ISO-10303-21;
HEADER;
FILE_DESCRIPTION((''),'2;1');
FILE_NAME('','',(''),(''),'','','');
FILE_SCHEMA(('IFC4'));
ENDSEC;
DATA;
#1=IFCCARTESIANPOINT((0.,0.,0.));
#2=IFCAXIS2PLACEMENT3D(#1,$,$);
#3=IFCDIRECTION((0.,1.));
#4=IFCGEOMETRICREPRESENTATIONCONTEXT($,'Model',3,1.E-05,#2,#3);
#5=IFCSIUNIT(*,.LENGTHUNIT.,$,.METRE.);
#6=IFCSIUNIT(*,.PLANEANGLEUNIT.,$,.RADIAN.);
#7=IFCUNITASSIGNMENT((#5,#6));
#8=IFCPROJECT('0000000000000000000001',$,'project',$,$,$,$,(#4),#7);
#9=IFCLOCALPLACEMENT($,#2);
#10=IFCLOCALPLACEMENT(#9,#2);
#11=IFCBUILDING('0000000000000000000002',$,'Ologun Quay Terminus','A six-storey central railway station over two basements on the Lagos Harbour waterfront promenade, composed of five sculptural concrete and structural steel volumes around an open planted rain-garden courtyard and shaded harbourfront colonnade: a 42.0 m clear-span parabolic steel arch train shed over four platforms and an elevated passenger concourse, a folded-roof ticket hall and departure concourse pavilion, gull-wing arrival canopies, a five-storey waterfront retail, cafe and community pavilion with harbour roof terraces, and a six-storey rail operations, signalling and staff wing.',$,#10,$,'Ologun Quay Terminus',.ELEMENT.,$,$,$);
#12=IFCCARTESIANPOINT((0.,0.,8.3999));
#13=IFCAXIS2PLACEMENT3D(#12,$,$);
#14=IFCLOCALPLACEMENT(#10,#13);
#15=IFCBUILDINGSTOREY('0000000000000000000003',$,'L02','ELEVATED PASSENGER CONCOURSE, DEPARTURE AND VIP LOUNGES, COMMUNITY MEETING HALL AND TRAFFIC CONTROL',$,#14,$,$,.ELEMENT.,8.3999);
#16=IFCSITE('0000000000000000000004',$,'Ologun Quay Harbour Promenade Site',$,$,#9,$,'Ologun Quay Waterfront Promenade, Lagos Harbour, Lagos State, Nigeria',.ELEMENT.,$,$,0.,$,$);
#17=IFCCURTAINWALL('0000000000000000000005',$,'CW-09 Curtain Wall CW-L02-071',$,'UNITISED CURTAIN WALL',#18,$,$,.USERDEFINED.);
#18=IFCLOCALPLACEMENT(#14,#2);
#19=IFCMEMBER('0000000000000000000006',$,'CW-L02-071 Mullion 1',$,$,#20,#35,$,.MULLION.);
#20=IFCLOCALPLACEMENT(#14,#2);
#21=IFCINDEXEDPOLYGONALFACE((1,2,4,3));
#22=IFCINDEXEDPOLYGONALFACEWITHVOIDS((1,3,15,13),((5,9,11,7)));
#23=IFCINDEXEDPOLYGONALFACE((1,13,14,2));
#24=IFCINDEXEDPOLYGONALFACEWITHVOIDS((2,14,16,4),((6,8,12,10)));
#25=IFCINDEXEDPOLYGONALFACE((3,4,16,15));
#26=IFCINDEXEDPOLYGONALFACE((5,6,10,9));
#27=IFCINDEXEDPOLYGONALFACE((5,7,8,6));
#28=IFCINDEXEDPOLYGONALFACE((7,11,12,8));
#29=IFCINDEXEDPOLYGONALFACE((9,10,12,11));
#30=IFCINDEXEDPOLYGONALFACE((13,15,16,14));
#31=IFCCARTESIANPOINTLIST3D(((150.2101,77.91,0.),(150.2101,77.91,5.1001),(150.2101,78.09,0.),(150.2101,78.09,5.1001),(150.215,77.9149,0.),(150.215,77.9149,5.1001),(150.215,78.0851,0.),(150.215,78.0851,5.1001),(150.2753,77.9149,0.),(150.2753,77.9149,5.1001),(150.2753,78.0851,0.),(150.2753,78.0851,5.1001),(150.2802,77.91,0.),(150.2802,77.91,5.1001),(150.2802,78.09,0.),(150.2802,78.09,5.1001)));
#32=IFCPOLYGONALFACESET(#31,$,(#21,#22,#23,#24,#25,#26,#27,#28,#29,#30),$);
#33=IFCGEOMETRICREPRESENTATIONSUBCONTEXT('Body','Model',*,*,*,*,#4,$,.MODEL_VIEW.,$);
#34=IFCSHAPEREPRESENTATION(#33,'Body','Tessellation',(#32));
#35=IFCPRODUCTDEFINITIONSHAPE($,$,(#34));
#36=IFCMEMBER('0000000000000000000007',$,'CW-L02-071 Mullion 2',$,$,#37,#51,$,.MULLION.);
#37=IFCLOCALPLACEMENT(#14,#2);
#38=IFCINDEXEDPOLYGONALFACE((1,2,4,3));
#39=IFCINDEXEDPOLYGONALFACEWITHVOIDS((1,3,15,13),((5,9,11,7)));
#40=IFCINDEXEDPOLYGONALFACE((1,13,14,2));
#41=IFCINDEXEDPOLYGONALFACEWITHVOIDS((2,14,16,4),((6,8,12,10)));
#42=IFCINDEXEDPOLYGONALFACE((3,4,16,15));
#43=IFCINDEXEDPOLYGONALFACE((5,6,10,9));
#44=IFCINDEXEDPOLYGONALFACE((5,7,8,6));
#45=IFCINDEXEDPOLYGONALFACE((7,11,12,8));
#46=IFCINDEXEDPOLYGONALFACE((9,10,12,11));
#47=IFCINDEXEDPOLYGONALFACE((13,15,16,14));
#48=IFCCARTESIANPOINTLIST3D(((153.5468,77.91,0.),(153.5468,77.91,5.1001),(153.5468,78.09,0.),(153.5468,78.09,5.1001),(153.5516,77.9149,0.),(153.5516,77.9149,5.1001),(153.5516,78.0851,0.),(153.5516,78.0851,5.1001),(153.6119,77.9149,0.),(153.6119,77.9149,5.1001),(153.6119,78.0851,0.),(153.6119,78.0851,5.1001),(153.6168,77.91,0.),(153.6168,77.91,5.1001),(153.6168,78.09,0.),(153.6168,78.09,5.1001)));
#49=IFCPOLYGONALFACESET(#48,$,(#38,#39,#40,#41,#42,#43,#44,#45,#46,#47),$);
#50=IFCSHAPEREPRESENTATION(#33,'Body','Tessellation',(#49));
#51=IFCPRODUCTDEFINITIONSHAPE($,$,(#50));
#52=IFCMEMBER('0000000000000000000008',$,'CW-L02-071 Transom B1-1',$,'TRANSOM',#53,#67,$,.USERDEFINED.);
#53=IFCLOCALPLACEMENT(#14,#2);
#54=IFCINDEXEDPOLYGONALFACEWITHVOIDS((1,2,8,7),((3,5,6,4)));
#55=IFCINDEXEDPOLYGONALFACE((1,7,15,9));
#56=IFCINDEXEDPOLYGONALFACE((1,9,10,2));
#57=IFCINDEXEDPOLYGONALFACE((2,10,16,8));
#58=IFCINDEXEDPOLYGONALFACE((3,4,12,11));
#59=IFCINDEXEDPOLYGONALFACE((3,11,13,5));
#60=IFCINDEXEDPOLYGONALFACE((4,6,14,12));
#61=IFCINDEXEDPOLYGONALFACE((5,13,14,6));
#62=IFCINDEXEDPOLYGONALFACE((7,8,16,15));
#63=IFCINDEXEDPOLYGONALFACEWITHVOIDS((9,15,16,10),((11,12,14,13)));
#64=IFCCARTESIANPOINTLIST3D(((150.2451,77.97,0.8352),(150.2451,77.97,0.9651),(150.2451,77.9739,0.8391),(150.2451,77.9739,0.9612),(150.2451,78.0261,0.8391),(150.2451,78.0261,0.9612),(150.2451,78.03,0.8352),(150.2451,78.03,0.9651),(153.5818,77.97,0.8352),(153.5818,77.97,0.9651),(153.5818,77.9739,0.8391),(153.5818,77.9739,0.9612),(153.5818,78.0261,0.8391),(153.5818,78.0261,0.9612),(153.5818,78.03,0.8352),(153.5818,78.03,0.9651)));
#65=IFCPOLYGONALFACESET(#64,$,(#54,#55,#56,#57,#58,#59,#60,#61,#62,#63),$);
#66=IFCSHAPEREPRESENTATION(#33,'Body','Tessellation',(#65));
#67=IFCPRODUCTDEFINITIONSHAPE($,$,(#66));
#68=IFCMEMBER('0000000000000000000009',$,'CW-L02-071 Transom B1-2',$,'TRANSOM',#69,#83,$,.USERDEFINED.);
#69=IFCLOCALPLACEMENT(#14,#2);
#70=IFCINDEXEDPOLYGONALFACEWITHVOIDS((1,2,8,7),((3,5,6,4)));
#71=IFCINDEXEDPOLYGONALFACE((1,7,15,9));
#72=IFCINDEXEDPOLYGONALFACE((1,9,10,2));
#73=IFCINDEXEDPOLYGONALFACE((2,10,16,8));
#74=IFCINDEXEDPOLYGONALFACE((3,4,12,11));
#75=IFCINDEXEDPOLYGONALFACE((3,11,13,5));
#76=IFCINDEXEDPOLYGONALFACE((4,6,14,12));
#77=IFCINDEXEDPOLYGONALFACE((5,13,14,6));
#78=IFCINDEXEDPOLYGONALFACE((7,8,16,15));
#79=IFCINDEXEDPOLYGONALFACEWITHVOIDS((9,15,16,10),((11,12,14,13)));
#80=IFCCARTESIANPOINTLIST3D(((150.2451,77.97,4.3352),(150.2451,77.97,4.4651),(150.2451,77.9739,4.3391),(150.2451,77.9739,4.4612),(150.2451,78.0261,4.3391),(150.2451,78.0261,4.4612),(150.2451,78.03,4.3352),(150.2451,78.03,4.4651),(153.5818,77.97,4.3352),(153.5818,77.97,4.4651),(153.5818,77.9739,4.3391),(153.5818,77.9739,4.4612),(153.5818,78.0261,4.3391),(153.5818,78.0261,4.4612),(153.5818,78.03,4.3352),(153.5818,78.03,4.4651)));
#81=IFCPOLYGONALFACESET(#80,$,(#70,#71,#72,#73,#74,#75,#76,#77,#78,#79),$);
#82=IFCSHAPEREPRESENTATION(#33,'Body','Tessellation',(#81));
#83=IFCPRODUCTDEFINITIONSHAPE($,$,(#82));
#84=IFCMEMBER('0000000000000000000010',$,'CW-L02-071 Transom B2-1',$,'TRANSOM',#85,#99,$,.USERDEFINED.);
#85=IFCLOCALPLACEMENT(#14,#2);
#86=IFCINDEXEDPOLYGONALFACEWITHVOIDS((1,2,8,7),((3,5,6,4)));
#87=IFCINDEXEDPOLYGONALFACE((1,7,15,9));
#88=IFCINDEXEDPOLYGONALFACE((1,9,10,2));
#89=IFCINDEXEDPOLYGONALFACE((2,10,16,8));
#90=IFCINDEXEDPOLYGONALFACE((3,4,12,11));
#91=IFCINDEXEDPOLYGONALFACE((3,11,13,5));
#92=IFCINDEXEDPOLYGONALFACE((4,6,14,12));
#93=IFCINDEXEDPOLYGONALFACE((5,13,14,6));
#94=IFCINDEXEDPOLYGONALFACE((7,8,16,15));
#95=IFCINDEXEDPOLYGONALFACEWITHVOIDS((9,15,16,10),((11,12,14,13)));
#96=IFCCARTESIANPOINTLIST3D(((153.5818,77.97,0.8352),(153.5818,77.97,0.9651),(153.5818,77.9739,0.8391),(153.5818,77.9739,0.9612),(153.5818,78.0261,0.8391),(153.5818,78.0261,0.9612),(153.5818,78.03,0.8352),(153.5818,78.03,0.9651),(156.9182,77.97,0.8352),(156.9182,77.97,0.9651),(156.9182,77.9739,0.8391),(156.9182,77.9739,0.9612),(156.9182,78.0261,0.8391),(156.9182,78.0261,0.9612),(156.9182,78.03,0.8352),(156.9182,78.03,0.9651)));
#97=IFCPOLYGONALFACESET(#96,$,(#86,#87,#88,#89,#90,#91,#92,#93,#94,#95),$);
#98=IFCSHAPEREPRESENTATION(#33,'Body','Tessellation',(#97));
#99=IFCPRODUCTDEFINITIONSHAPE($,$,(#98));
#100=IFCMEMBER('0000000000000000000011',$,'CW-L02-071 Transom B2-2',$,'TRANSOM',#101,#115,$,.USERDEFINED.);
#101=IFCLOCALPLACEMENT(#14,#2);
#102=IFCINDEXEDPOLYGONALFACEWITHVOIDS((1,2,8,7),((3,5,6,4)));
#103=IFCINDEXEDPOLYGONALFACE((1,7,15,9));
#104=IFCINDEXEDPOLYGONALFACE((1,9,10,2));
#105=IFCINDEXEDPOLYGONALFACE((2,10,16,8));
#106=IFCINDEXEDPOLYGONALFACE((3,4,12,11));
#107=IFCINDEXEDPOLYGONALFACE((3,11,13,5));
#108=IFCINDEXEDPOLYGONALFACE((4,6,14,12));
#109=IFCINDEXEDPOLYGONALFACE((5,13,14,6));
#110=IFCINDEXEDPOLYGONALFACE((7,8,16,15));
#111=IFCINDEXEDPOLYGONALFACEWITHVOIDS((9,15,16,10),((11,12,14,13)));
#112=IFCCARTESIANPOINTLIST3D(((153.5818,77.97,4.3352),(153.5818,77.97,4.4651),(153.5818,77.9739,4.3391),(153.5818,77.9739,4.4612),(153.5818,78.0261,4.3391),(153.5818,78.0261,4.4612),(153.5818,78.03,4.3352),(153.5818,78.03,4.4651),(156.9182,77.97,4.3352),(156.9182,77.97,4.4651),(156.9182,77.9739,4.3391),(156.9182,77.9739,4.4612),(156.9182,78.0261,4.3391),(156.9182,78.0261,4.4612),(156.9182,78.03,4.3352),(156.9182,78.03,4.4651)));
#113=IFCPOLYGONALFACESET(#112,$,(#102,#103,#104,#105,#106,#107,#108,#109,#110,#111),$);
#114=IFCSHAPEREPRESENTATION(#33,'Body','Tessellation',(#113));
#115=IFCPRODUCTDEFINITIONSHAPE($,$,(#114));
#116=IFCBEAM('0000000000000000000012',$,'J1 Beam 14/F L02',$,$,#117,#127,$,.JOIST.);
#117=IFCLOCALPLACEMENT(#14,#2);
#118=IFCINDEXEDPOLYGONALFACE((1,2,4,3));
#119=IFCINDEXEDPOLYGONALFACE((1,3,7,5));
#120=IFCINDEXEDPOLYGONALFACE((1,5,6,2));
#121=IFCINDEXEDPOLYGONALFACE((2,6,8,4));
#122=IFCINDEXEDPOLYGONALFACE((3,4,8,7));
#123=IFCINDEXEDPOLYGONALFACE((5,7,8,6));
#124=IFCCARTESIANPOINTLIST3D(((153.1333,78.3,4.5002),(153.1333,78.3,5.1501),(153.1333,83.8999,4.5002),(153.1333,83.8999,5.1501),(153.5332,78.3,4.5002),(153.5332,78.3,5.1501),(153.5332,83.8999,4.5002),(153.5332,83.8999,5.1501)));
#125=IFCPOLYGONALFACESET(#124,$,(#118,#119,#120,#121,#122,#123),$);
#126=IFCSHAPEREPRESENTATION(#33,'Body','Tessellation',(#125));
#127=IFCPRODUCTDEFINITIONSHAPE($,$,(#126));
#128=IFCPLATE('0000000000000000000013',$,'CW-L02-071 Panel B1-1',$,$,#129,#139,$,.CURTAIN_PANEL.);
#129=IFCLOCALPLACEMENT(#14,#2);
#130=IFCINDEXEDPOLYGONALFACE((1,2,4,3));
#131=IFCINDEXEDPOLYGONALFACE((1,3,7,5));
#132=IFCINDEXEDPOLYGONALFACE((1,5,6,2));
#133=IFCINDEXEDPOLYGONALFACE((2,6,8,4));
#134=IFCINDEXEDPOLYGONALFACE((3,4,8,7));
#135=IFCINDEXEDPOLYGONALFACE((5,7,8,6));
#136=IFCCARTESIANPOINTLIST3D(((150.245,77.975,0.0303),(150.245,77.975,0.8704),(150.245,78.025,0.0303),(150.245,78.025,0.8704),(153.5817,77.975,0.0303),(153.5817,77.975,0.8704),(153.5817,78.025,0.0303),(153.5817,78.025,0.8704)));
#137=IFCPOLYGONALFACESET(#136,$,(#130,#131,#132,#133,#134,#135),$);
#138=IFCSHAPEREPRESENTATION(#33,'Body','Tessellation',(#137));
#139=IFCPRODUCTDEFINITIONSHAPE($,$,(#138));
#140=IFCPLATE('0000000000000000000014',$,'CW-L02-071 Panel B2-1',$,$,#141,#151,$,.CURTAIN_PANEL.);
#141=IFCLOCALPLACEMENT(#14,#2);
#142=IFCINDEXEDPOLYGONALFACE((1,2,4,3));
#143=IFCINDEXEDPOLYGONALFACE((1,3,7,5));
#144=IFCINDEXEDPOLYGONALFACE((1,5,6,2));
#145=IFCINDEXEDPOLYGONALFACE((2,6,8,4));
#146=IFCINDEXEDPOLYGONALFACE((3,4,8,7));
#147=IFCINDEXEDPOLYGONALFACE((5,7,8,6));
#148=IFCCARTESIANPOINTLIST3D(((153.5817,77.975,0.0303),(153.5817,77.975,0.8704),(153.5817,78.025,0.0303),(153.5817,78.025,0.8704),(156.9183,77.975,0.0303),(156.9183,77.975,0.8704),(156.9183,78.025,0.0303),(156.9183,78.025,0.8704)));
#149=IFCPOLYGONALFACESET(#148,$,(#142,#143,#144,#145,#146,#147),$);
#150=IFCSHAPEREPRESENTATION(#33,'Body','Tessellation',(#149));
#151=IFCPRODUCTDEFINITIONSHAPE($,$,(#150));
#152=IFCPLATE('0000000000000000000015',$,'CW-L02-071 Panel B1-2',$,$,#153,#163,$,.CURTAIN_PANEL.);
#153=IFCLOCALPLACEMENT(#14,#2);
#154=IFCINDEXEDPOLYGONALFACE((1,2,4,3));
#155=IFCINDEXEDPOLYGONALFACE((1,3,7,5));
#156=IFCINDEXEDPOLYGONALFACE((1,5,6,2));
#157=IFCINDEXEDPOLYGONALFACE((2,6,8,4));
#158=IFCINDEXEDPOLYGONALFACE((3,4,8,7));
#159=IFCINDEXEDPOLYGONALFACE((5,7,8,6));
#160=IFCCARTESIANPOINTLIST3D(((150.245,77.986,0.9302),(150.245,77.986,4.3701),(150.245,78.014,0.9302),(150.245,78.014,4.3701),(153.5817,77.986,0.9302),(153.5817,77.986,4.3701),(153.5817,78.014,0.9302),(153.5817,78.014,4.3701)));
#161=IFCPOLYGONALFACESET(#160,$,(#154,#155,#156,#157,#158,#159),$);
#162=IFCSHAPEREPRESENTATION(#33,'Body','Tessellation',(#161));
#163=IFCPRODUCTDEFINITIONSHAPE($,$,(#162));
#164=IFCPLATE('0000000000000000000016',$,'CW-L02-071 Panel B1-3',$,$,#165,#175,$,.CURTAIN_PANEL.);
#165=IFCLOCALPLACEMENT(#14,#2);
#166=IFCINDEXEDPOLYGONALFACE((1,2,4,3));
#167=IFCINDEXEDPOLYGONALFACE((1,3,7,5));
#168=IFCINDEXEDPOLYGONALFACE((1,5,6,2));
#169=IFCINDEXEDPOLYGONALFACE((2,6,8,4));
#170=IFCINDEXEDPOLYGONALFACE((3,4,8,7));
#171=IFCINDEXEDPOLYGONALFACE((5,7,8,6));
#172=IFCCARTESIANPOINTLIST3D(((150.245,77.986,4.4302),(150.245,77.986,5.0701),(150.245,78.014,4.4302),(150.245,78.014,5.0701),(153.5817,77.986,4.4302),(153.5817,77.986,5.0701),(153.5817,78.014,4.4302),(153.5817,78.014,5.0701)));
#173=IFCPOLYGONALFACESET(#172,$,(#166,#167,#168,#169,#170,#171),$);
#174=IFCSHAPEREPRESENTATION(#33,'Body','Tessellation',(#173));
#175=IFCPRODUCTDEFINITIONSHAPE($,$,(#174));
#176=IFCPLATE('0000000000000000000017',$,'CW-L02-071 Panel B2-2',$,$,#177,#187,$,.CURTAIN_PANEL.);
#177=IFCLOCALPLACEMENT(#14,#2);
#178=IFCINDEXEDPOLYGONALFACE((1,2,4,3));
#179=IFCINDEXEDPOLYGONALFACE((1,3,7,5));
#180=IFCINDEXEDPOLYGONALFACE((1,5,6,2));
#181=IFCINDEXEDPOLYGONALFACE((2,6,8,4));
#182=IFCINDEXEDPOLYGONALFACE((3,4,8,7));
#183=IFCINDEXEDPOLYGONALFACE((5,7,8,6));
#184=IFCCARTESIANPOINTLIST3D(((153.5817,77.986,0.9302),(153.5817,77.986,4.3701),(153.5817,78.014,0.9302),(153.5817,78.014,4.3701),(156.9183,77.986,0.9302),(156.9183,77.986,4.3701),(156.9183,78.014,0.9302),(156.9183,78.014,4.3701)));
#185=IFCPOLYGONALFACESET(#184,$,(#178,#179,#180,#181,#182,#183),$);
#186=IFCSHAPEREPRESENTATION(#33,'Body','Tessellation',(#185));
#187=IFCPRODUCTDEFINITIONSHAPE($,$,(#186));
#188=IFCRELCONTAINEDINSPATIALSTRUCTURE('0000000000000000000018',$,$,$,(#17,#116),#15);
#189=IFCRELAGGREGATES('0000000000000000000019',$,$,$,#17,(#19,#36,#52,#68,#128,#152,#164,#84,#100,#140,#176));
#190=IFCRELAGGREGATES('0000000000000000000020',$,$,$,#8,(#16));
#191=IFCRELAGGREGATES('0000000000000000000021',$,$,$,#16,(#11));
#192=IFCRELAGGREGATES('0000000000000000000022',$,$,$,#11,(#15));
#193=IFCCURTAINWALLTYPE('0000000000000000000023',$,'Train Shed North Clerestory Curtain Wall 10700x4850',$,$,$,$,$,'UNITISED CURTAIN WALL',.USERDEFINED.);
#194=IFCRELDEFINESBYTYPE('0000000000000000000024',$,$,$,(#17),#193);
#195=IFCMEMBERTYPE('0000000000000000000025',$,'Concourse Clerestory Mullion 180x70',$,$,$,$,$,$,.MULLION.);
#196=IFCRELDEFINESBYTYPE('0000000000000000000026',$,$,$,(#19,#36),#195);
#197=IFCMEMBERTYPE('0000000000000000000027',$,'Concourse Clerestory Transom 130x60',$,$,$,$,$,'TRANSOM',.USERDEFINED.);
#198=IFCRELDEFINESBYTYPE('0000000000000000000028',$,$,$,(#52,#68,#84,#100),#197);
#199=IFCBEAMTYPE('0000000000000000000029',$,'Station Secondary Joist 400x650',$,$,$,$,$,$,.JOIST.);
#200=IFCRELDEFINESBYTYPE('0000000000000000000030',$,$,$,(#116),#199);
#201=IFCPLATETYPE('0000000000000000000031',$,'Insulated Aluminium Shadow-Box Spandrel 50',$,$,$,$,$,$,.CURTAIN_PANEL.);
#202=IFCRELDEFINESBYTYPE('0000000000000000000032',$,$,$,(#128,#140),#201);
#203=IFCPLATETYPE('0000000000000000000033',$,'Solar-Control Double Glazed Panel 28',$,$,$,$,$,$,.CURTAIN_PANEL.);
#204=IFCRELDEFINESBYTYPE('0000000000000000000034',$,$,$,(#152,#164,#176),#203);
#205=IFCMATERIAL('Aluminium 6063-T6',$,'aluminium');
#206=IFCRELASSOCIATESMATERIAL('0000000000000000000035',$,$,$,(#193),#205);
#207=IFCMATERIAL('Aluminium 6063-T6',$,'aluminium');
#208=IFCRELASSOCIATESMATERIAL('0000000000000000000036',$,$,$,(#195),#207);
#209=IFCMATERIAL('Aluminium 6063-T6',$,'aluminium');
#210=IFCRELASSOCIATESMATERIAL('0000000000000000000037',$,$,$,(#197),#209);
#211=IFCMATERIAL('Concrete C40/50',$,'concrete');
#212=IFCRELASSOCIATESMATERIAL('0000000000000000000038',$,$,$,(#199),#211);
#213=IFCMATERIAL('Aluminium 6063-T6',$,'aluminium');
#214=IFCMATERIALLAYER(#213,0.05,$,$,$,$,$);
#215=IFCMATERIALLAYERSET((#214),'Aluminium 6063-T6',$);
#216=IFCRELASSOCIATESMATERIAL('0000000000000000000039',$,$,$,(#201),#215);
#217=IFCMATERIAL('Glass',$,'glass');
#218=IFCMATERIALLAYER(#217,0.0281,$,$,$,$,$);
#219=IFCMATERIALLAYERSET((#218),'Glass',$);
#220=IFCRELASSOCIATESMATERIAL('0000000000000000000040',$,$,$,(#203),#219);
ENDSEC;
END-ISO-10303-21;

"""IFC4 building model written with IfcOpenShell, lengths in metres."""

from ifc_helpers import new_model, si_unit, direction, frame, origin, origin_2d, place, context, subcontext, project, spatial, rectangle, hollow_rectangle, extrude, material, layer, layer_set, material_profile, profile_set, type_object, element, aggregate, save


model = new_model("IFC4")

# Units and contexts
model_context = context("Model", 3, precision=1e-05, world=origin(), true_north=direction((0.0, 1.0)))
body_context = subcontext(model_context, "Body", "Model", "MODEL_VIEW")
ifc_project = project(units=[si_unit("LENGTHUNIT", "METRE"), si_unit("PLANEANGLEUNIT", "RADIAN")], contexts=[model_context])

# Site, building, storey
site_placement = place(None, origin())
site = spatial("IfcSite", under=ifc_project, at=site_placement, Name="Ologun Quay Harbour Promenade Site", LongName="Ologun Quay Waterfront Promenade, Lagos Harbour, Lagos State, Nigeria", CompositionType="ELEMENT", RefElevation=0.0)
building_placement = place(site_placement, origin())
building = spatial("IfcBuilding", under=site, at=building_placement, Name="Ologun Quay Terminus", Description="A six-storey central railway station over two basements on the Lagos Harbour waterfront promenade, composed of five sculptural concrete and structural steel volumes around an open planted rain-garden courtyard and shaded harbourfront colonnade: a 42.0 m clear-span parabolic steel arch train shed over four platforms and an elevated passenger concourse, a folded-roof ticket hall and departure concourse pavilion, gull-wing arrival canopies, a five-storey waterfront retail, cafe and community pavilion with harbour roof terraces, and a six-storey rail operations, signalling and staff wing.", LongName="Ologun Quay Terminus", CompositionType="ELEMENT")
storey_placement = place(building_placement, frame((0.0, 0.0, 8.3999)))
storey = spatial("IfcBuildingStorey", under=building, at=storey_placement, Name="L02", Description="ELEVATED PASSENGER CONCOURSE, DEPARTURE AND VIP LOUNGES, COMMUNITY MEETING HALL AND TRAFFIC CONTROL", CompositionType="ELEMENT", Elevation=8.3999)

# Curtain wall, members
ifc_material_1 = material(Name="Aluminium 6063-T6", Category="aluminium")
curtain_wall_type = type_object("IfcCurtainWallType", Name="Train Shed North Clerestory Curtain Wall 10700x4850", ElementType="UNITISED CURTAIN WALL", PredefinedType="USERDEFINED", material=ifc_material_1)
curtain_wall_placement = place(storey_placement, origin())
curtain_wall = element("IfcCurtainWall", 1, at=curtain_wall_placement, inside=storey, type_object=curtain_wall_type, Name="CW-09 Curtain Wall CW-L02-071", ObjectType="UNITISED CURTAIN WALL", PredefinedType="USERDEFINED")
ifc_material_2 = material(Name="Aluminium 6063-T6", Category="aluminium")
ifc_material_profile_1 = material_profile(ifc_material_2, hollow_rectangle(XDim=0.0701, YDim=0.1799, WallThickness=0.0049, at=origin_2d()), Name="ALU 180x70x5")
ifc_profile_set_1 = profile_set([ifc_material_profile_1], Name="Aluminium 6063-T6")
member_type_1 = type_object("IfcMemberType", Name="Concourse Clerestory Mullion 180x70", PredefinedType="MULLION", material=ifc_profile_set_1)
member_1_placement = place(storey_placement, frame((150.2451, 78.0, 0.0), z_axis=(0.0, 0.0, 1.0), x_axis=(1.0, 0.0, 0.0)))
member_1 = element("IfcMember", 2, at=member_1_placement, type_object=member_type_1, Name="CW-L02-071 Mullion 1", PredefinedType="MULLION", context=body_context, shape_type="SweptSolid", body=[
    extrude(hollow_rectangle(XDim=0.0701, YDim=0.1799, WallThickness=0.0049, at=origin_2d()), origin(), (0.0, 0.0, 1.0), 5.1001),
])
member_2_placement = place(storey_placement, frame((153.5818, 78.0, 0.0), z_axis=(0.0, 0.0, 1.0), x_axis=(1.0, 0.0, 0.0)))
member_2 = element("IfcMember", 3, at=member_2_placement, type_object=member_type_1, Name="CW-L02-071 Mullion 2", PredefinedType="MULLION", context=body_context, shape_type="SweptSolid", body=[
    extrude(hollow_rectangle(XDim=0.0701, YDim=0.1799, WallThickness=0.0049, at=origin_2d()), origin(), (0.0, 0.0, 1.0), 5.1001),
])
ifc_material_3 = material(Name="Aluminium 6063-T6", Category="aluminium")
ifc_material_profile_2 = material_profile(ifc_material_3, hollow_rectangle(XDim=0.0601, YDim=0.1299, WallThickness=0.0039, at=origin_2d()), Name="ALU 130x60x4")
ifc_profile_set_2 = profile_set([ifc_material_profile_2], Name="Aluminium 6063-T6")
member_type_2 = type_object("IfcMemberType", Name="Concourse Clerestory Transom 130x60", ElementType="TRANSOM", PredefinedType="USERDEFINED", material=ifc_profile_set_2)
member_3_placement = place(storey_placement, frame((150.2451, 78.0, 0.9001), z_axis=(1.0, 0.0, 0.0), x_axis=(0.0, 1.0, 0.0)))
member_3 = element("IfcMember", 4, at=member_3_placement, type_object=member_type_2, Name="CW-L02-071 Transom B1-1", ObjectType="TRANSOM", PredefinedType="USERDEFINED", context=body_context, shape_type="SweptSolid", body=[
    extrude(hollow_rectangle(XDim=0.0601, YDim=0.1299, WallThickness=0.0039, at=origin_2d()), origin(), (0.0, 0.0, 1.0), 3.3367),
])
member_4_placement = place(storey_placement, frame((150.2451, 78.0, 4.4001), z_axis=(1.0, 0.0, 0.0), x_axis=(0.0, 1.0, 0.0)))
member_4 = element("IfcMember", 5, at=member_4_placement, type_object=member_type_2, Name="CW-L02-071 Transom B1-2", ObjectType="TRANSOM", PredefinedType="USERDEFINED", context=body_context, shape_type="SweptSolid", body=[
    extrude(hollow_rectangle(XDim=0.0601, YDim=0.1299, WallThickness=0.0039, at=origin_2d()), origin(), (0.0, 0.0, 1.0), 3.3367),
])
member_5_placement = place(storey_placement, frame((153.5818, 78.0, 0.9001), z_axis=(1.0, 0.0, 0.0), x_axis=(0.0, 1.0, 0.0)))
member_5 = element("IfcMember", 6, at=member_5_placement, type_object=member_type_2, Name="CW-L02-071 Transom B2-1", ObjectType="TRANSOM", PredefinedType="USERDEFINED", context=body_context, shape_type="SweptSolid", body=[
    extrude(hollow_rectangle(XDim=0.0601, YDim=0.1299, WallThickness=0.0039, at=origin_2d()), origin(), (0.0, 0.0, 1.0), 3.3364),
])
member_6_placement = place(storey_placement, frame((153.5818, 78.0, 4.4001), z_axis=(1.0, 0.0, 0.0), x_axis=(0.0, 1.0, 0.0)))
member_6 = element("IfcMember", 7, at=member_6_placement, type_object=member_type_2, Name="CW-L02-071 Transom B2-2", ObjectType="TRANSOM", PredefinedType="USERDEFINED", context=body_context, shape_type="SweptSolid", body=[
    extrude(hollow_rectangle(XDim=0.0601, YDim=0.1299, WallThickness=0.0039, at=origin_2d()), origin(), (0.0, 0.0, 1.0), 3.3364),
])

# Beam
ifc_material_4 = material(Name="Concrete C40/50", Category="concrete")
ifc_material_profile_3 = material_profile(ifc_material_4, rectangle(XDim=0.3999, YDim=0.6499, at=origin_2d()), Name="RC 400x650")
ifc_profile_set_3 = profile_set([ifc_material_profile_3], Name="Concrete C40/50")
beam_type = type_object("IfcBeamType", Name="Station Secondary Joist 400x650", PredefinedType="JOIST", material=ifc_profile_set_3)
beam_placement = place(storey_placement, frame((153.3333, 78.3, 4.8252), z_axis=(0.0, 1.0, 0.0), x_axis=(-1.0, 0.0, 0.0)))
element("IfcBeam", 8, at=beam_placement, inside=storey, type_object=beam_type, Name="J1 Beam 14/F L02", PredefinedType="JOIST", context=body_context, shape_type="SweptSolid", body=[
    extrude(rectangle(XDim=0.3999, YDim=0.6499, at=origin_2d()), origin(), (0.0, 0.0, 1.0), 5.5999),
])

# Plates
ifc_material_5 = material(Name="Aluminium 6063-T6", Category="aluminium")
ifc_layer_1 = layer(ifc_material_5, 0.05)
ifc_layer_set_1 = layer_set([ifc_layer_1], Name="Aluminium 6063-T6")
plate_type_1 = type_object("IfcPlateType", Name="Insulated Aluminium Shadow-Box Spandrel 50", PredefinedType="CURTAIN_PANEL", material=ifc_layer_set_1)
plate_1_placement = place(storey_placement, frame((151.9133, 78.0, 0.0303), z_axis=(0.0, 0.0, 1.0), x_axis=(1.0, 0.0, 0.0)))
plate_1 = element("IfcPlate", 9, at=plate_1_placement, type_object=plate_type_1, Name="CW-L02-071 Panel B1-1", PredefinedType="CURTAIN_PANEL", context=body_context, shape_type="SweptSolid", body=[
    extrude(rectangle(XDim=3.3367, YDim=0.05, at=origin_2d()), origin(), (0.0, 0.0, 1.0), 0.8401),
])
plate_2_placement = place(storey_placement, frame((155.25, 78.0, 0.0303), z_axis=(0.0, 0.0, 1.0), x_axis=(1.0, 0.0, 0.0)))
plate_2 = element("IfcPlate", 10, at=plate_2_placement, type_object=plate_type_1, Name="CW-L02-071 Panel B2-1", PredefinedType="CURTAIN_PANEL", context=body_context, shape_type="SweptSolid", body=[
    extrude(rectangle(XDim=3.3367, YDim=0.05, at=origin_2d()), origin(), (0.0, 0.0, 1.0), 0.8401),
])
ifc_material_6 = material(Name="Glass", Category="glass")
ifc_layer_2 = layer(ifc_material_6, 0.0281)
ifc_layer_set_2 = layer_set([ifc_layer_2], Name="Glass")
plate_type_2 = type_object("IfcPlateType", Name="Solar-Control Double Glazed Panel 28", PredefinedType="CURTAIN_PANEL", material=ifc_layer_set_2)
plate_3_placement = place(storey_placement, frame((151.9133, 78.0, 0.9302), z_axis=(0.0, 0.0, 1.0), x_axis=(1.0, 0.0, 0.0)))
plate_3 = element("IfcPlate", 11, at=plate_3_placement, type_object=plate_type_2, Name="CW-L02-071 Panel B1-2", PredefinedType="CURTAIN_PANEL", context=body_context, shape_type="SweptSolid", body=[
    extrude(rectangle(XDim=3.3367, YDim=0.0281, at=origin_2d()), origin(), (0.0, 0.0, 1.0), 3.4399),
])
plate_4_placement = place(storey_placement, frame((151.9133, 78.0, 4.4302), z_axis=(0.0, 0.0, 1.0), x_axis=(1.0, 0.0, 0.0)))
plate_4 = element("IfcPlate", 12, at=plate_4_placement, type_object=plate_type_2, Name="CW-L02-071 Panel B1-3", PredefinedType="CURTAIN_PANEL", context=body_context, shape_type="SweptSolid", body=[
    extrude(rectangle(XDim=3.3367, YDim=0.0281, at=origin_2d()), origin(), (0.0, 0.0, 1.0), 0.6399),
])
plate_5_placement = place(storey_placement, frame((155.25, 78.0, 0.9302), z_axis=(0.0, 0.0, 1.0), x_axis=(1.0, 0.0, 0.0)))
plate_5 = element("IfcPlate", 13, at=plate_5_placement, type_object=plate_type_2, Name="CW-L02-071 Panel B2-2", PredefinedType="CURTAIN_PANEL", context=body_context, shape_type="SweptSolid", body=[
    extrude(rectangle(XDim=3.3367, YDim=0.0281, at=origin_2d()), origin(), (0.0, 0.0, 1.0), 3.4399),
])
aggregate(curtain_wall, [member_1, member_2, member_3, member_4, plate_1, plate_3, plate_4, member_5, member_6, plate_2, plate_5])

save(model, "model.ifc")
